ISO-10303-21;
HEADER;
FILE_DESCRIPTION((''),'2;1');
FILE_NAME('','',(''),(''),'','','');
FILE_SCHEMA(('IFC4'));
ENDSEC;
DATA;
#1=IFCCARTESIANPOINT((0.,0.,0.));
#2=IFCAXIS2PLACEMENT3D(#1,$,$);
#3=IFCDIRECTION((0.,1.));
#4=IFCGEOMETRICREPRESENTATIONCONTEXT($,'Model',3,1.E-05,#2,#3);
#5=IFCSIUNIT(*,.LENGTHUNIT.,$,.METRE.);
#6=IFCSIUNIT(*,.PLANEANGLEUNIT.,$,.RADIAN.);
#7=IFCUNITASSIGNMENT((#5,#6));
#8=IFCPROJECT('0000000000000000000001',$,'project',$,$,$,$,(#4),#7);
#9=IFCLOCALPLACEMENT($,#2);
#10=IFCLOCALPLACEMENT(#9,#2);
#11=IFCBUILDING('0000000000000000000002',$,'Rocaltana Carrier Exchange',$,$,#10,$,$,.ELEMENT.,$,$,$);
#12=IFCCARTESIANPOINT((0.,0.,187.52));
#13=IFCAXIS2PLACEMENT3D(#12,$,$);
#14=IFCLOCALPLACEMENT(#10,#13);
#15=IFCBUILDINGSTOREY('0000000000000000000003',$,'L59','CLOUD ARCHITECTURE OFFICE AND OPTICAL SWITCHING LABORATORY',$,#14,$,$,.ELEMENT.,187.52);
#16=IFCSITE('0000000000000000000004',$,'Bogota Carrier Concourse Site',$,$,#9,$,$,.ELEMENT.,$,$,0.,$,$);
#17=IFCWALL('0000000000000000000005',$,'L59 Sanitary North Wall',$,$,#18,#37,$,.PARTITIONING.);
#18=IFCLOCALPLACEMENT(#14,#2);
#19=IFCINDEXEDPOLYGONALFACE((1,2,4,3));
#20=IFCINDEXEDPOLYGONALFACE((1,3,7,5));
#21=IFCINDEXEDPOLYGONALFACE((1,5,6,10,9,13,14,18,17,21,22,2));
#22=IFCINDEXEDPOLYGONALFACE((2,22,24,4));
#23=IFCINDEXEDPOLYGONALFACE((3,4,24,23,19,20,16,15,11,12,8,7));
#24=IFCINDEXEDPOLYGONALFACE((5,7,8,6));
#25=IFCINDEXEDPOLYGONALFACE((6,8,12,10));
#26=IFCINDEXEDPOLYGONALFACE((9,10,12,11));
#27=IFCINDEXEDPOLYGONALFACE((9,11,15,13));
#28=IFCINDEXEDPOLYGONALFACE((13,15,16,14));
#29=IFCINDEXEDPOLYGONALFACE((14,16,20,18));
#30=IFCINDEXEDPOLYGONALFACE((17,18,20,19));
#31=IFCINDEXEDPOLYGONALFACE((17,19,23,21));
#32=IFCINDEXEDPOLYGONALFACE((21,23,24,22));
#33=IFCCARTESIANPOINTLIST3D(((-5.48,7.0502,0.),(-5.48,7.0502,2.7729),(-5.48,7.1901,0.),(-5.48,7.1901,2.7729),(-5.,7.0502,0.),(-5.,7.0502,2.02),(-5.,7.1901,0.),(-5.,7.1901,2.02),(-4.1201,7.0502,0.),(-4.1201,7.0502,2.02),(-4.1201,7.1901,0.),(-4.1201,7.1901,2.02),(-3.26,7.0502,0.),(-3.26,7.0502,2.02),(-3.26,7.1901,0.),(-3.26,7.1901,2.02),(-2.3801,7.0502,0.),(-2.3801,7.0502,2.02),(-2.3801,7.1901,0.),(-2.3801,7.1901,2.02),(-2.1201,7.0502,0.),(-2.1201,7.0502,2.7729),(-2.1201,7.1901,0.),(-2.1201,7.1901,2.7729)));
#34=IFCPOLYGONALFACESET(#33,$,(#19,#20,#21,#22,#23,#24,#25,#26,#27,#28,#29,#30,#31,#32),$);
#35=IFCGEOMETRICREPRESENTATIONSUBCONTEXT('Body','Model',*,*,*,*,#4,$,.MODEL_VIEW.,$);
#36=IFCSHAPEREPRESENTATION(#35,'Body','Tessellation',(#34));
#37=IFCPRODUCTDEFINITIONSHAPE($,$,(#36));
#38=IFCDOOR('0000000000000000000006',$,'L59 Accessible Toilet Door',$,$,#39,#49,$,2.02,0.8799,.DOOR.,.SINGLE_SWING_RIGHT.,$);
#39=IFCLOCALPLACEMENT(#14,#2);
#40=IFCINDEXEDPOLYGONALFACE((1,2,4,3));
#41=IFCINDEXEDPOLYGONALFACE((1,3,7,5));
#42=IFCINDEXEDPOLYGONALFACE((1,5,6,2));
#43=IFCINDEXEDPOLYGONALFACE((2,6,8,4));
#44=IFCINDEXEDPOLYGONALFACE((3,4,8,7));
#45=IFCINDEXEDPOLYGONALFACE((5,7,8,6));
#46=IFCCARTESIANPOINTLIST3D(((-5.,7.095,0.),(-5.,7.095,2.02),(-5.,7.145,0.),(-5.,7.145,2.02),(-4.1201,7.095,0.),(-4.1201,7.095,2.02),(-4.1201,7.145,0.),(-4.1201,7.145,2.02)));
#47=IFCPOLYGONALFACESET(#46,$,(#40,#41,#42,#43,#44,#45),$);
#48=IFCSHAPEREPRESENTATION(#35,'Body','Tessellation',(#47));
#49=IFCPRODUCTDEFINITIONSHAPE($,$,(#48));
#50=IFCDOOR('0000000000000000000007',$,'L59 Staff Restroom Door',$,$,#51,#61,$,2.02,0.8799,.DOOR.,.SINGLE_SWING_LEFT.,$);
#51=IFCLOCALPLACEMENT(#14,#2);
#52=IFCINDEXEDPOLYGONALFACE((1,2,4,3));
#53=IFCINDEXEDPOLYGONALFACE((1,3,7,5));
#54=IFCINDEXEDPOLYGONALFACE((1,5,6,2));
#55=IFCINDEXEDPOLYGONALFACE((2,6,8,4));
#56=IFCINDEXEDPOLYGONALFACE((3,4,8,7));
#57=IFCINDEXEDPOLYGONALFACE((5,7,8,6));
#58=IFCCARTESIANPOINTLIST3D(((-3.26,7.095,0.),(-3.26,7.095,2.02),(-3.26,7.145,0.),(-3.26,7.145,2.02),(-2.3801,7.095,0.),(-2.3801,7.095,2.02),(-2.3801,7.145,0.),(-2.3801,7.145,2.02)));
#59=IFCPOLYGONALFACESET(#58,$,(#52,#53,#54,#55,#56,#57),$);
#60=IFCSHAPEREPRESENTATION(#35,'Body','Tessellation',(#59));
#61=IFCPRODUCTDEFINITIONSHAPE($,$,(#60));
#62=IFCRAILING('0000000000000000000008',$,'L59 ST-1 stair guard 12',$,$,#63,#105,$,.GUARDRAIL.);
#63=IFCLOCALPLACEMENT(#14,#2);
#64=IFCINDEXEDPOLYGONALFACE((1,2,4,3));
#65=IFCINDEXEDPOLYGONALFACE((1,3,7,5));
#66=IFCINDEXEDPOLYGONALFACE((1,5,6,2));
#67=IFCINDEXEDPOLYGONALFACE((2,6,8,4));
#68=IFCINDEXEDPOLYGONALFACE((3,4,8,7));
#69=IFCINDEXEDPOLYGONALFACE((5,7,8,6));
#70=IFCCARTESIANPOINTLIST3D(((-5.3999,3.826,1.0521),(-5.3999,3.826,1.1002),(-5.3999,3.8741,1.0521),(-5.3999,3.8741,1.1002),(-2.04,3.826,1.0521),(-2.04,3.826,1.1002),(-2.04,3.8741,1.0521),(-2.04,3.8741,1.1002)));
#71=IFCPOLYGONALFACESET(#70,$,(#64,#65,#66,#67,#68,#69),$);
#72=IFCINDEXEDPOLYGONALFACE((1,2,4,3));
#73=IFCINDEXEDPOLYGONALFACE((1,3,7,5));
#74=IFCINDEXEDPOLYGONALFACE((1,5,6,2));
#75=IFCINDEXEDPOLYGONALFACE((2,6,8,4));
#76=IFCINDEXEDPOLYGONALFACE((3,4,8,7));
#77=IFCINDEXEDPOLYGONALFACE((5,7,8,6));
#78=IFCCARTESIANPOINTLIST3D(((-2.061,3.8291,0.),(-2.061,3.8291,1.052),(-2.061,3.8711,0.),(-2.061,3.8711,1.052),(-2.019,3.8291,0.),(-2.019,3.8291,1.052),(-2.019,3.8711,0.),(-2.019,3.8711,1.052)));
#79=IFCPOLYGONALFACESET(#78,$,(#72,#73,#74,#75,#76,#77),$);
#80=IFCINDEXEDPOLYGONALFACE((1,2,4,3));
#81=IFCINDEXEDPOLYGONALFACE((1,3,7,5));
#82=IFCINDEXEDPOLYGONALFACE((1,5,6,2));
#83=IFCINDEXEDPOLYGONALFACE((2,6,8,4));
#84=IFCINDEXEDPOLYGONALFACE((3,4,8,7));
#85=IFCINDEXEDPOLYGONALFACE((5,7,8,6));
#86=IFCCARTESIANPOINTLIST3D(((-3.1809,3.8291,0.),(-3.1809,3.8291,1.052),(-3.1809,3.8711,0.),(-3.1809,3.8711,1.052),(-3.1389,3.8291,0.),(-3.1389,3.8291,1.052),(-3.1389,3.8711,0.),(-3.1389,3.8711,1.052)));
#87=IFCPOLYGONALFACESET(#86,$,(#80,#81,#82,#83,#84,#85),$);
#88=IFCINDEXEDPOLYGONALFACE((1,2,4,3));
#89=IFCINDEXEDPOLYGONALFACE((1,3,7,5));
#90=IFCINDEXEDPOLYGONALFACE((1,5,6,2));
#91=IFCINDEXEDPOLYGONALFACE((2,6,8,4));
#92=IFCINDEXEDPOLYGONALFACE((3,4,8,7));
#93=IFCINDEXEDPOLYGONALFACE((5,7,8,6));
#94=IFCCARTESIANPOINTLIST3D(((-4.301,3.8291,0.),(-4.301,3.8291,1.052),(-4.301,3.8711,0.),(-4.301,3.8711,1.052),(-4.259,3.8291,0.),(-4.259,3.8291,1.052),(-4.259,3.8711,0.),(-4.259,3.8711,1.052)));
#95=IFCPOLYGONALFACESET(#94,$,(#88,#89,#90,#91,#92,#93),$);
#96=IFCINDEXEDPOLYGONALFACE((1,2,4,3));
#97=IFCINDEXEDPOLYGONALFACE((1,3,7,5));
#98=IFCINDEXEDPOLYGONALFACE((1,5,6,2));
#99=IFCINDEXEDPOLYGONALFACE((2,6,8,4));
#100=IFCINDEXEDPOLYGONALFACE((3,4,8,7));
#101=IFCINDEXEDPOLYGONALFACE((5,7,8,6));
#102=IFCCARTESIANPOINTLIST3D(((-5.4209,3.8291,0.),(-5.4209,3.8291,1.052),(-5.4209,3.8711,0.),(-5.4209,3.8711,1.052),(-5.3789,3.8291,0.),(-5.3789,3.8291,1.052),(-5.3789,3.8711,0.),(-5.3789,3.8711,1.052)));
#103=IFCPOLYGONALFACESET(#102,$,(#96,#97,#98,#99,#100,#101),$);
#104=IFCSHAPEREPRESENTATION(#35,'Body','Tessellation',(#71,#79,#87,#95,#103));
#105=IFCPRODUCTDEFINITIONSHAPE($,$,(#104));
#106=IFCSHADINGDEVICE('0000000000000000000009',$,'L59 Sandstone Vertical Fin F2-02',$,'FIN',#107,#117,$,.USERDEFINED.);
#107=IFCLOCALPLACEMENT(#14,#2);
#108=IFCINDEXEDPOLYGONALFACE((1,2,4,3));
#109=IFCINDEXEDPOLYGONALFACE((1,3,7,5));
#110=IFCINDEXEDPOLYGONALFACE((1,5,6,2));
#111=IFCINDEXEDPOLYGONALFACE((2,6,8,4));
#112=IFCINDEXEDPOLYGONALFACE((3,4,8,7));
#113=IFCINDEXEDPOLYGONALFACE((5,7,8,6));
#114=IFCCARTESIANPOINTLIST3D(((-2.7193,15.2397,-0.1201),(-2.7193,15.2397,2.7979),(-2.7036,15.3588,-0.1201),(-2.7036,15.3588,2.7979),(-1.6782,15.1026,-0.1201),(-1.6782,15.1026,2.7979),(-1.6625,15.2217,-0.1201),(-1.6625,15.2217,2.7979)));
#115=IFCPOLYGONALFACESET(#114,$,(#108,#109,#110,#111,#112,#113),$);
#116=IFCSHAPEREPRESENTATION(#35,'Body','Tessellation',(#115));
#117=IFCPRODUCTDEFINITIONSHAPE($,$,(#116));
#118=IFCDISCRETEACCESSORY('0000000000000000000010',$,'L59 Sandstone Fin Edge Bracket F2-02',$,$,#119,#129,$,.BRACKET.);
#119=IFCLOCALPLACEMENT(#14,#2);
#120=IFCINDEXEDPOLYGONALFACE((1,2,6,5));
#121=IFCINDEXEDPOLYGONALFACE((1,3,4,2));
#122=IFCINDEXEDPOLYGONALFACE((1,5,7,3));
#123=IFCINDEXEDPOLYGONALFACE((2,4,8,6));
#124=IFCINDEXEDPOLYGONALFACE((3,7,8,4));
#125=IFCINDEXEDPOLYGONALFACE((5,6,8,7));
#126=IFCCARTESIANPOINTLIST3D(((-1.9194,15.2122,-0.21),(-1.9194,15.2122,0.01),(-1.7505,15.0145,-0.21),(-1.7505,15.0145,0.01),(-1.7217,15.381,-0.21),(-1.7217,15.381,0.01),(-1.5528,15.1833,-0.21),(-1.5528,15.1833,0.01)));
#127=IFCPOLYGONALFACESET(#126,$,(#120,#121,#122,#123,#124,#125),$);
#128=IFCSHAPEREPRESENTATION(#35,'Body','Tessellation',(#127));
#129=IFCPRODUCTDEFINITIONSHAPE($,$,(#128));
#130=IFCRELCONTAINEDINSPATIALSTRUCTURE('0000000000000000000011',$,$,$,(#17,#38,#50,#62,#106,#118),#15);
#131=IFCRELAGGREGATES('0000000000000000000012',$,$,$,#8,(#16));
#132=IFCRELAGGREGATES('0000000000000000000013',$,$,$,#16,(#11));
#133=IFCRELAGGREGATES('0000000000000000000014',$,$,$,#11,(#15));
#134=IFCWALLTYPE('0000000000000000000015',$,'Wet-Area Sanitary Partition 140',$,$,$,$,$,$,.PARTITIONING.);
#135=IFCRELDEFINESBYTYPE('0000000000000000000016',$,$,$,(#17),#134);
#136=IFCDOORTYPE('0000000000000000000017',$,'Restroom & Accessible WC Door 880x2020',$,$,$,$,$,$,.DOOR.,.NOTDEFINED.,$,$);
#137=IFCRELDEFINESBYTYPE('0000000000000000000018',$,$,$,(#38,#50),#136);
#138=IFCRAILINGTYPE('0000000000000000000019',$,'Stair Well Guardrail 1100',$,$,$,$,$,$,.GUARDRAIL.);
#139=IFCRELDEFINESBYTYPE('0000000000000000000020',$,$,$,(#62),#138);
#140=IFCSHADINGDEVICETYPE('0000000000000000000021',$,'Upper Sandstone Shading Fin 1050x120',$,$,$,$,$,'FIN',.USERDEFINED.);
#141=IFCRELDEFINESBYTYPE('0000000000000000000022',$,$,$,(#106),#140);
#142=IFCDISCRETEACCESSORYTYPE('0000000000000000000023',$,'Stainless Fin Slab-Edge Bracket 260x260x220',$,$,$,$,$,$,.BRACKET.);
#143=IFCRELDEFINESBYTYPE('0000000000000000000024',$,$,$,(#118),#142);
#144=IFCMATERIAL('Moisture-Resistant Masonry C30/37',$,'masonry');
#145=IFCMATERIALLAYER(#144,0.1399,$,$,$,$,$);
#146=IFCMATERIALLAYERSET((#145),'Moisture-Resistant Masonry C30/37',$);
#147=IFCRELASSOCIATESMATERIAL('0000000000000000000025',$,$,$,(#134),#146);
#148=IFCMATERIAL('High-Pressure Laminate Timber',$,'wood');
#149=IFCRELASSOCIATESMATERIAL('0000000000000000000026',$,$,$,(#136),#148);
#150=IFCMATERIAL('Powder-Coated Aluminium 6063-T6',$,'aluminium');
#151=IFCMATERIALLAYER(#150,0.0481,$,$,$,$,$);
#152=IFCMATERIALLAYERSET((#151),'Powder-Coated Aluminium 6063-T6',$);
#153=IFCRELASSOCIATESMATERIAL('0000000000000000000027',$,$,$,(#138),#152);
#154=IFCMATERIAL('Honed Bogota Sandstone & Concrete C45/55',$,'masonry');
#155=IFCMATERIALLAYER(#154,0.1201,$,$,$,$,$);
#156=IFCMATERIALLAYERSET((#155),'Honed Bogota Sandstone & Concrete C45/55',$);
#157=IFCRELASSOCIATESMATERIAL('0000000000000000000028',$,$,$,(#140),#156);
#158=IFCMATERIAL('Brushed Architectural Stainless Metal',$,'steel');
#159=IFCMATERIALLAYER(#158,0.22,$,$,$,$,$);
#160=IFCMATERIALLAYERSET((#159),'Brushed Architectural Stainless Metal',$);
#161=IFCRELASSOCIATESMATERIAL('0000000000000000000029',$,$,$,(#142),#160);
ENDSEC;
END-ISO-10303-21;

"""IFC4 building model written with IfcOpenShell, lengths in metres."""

from ifc_helpers import new_model, si_unit, direction, frame, frame_2d, origin, origin_2d, place, context, subcontext, project, spatial, rectangle, extrude, material, layer, layer_set, type_object, element, fill, save


model = new_model("IFC4")

# Units and contexts
model_context = context("Model", 3, precision=1e-05, world=origin(), true_north=direction((0.0, 1.0)))
body_context = subcontext(model_context, "Body", "Model", "MODEL_VIEW")
ifc_project = project(units=[si_unit("LENGTHUNIT", "METRE"), si_unit("PLANEANGLEUNIT", "RADIAN")], contexts=[model_context])

# Site, building, storey
site_placement = place(None, origin())
site = spatial("IfcSite", under=ifc_project, at=site_placement, Name="Bogota Carrier Concourse Site", CompositionType="ELEMENT", RefElevation=0.0)
building_placement = place(site_placement, origin())
building = spatial("IfcBuilding", under=site, at=building_placement, Name="Rocaltana Carrier Exchange", CompositionType="ELEMENT")
storey_placement = place(building_placement, frame((0.0, 0.0, 187.52)))
storey = spatial("IfcBuildingStorey", under=building, at=storey_placement, Name="L59", Description="CLOUD ARCHITECTURE OFFICE AND OPTICAL SWITCHING LABORATORY", CompositionType="ELEMENT", Elevation=187.52)

# Shared definitions
ifc_material_1 = material(Name="Moisture-Resistant Masonry C30/37", Category="masonry")
ifc_layer_1 = layer(ifc_material_1, 0.1399)
ifc_layer_set_1 = layer_set([ifc_layer_1], Name="Moisture-Resistant Masonry C30/37")
wall_type_1 = type_object("IfcWallType", Name="Wet-Area Sanitary Partition 140", PredefinedType="PARTITIONING", material=ifc_layer_set_1)

# Wall, openings, doors
wall_1_placement = place(storey_placement, frame((-5.48, 7.1201, 0.0), z_axis=(0.0, 0.0, 1.0), x_axis=(1.0, 0.0, 0.0)))
wall_1 = element("IfcWall", 1, at=wall_1_placement, inside=storey, type_object=wall_type_1, Name="L59 Sanitary North Wall", PredefinedType="PARTITIONING", context=body_context, shape_type="SweptSolid", body=[
    extrude(rectangle(XDim=3.3599, YDim=0.1399, at=frame_2d((1.6799, 0.0))), origin(), (0.0, 0.0, 1.0), 2.7729),
])
opening_1_placement = place(wall_1_placement, frame((0.48, 0.0, 0.0)))
opening_1 = element("IfcOpeningElement", 2, at=opening_1_placement, cuts=wall_1, PredefinedType="OPENING", context=body_context, shape_type="SweptSolid", body=[
    extrude(rectangle(XDim=0.8799, YDim=2.02, at=frame_2d((0.4399, 1.01))), frame((0.0, 0.0798, 0.0), z_axis=(0.0, -1.0, 0.0), x_axis=(1.0, 0.0, 0.0)), (0.0, 0.0, 1.0), 0.1599),
])
opening_2_placement = place(wall_1_placement, frame((2.22, 0.0, 0.0)))
opening_2 = element("IfcOpeningElement", 3, at=opening_2_placement, cuts=wall_1, PredefinedType="OPENING", context=body_context, shape_type="SweptSolid", body=[
    extrude(rectangle(XDim=0.8799, YDim=2.02, at=frame_2d((0.4399, 1.01))), frame((0.0, 0.0798, 0.0), z_axis=(0.0, -1.0, 0.0), x_axis=(1.0, 0.0, 0.0)), (0.0, 0.0, 1.0), 0.1599),
])
ifc_material_2 = material(Name="High-Pressure Laminate Timber", Category="wood")
door_type = type_object("IfcDoorType", Name="Restroom & Accessible WC Door 880x2020", OperationType="NOTDEFINED", PredefinedType="DOOR", material=ifc_material_2)
door_1_placement = place(opening_1_placement, origin())
door_1 = element("IfcDoor", 4, at=door_1_placement, inside=storey, type_object=door_type, Name="L59 Accessible Toilet Door", OperationType="SINGLE_SWING_RIGHT", OverallHeight=2.02, OverallWidth=0.8799, PredefinedType="DOOR", context=body_context, shape_type="SweptSolid", body=[
    extrude(rectangle(XDim=0.8799, YDim=2.02, at=frame_2d((0.4399, 1.01))), frame((0.0, 0.0249, 0.0), z_axis=(0.0, -1.0, 0.0), x_axis=(1.0, 0.0, 0.0)), (0.0, 0.0, 1.0), 0.05),
])
fill(opening_1, door_1)
door_2_placement = place(opening_2_placement, origin())
door_2 = element("IfcDoor", 5, at=door_2_placement, inside=storey, type_object=door_type, Name="L59 Staff Restroom Door", OperationType="SINGLE_SWING_LEFT", OverallHeight=2.02, OverallWidth=0.8799, PredefinedType="DOOR", context=body_context, shape_type="SweptSolid", body=[
    extrude(rectangle(XDim=0.8799, YDim=2.02, at=frame_2d((0.4399, 1.01))), frame((0.0, 0.0249, 0.0), z_axis=(0.0, -1.0, 0.0), x_axis=(1.0, 0.0, 0.0)), (0.0, 0.0, 1.0), 0.05),
])
fill(opening_2, door_2)

# Railing
ifc_material_3 = material(Name="Powder-Coated Aluminium 6063-T6", Category="aluminium")
ifc_layer_2 = layer(ifc_material_3, 0.0481)
ifc_layer_set_2 = layer_set([ifc_layer_2], Name="Powder-Coated Aluminium 6063-T6")
railing_type = type_object("IfcRailingType", Name="Stair Well Guardrail 1100", PredefinedType="GUARDRAIL", material=ifc_layer_set_2)
railing_placement = place(storey_placement, frame((-2.04, 3.8501, 0.0)))
element("IfcRailing", 6, at=railing_placement, inside=storey, type_object=railing_type, Name="L59 ST-1 stair guard 12", PredefinedType="GUARDRAIL", context=body_context, shape_type="SweptSolid", body=[
    extrude(rectangle(XDim=0.0481, YDim=0.0481, at=origin_2d()), frame((0.0, 0.0, 1.0762), z_axis=(-1.0, 0.0, 0.0), x_axis=(0.0, -1.0, 0.0)), (0.0, 0.0, 1.0), 3.3599),
    extrude(rectangle(XDim=0.042, YDim=0.042, at=origin_2d()), origin(), (0.0, 0.0, 1.0), 1.052),
    extrude(rectangle(XDim=0.042, YDim=0.042, at=origin_2d()), frame((-1.1199, 0.0, 0.0)), (0.0, 0.0, 1.0), 1.052),
    extrude(rectangle(XDim=0.042, YDim=0.042, at=origin_2d()), frame((-2.24, 0.0, 0.0)), (0.0, 0.0, 1.0), 1.052),
    extrude(rectangle(XDim=0.042, YDim=0.042, at=origin_2d()), frame((-3.3599, 0.0, 0.0)), (0.0, 0.0, 1.0), 1.052),
])

# Shading device
ifc_material_4 = material(Name="Honed Bogota Sandstone & Concrete C45/55", Category="masonry")
ifc_layer_3 = layer(ifc_material_4, 0.1201)
ifc_layer_set_3 = layer_set([ifc_layer_3], Name="Honed Bogota Sandstone & Concrete C45/55")
shading_device_type = type_object("IfcShadingDeviceType", Name="Upper Sandstone Shading Fin 1050x120", ElementType="FIN", PredefinedType="USERDEFINED", material=ifc_layer_set_3)
shading_device_placement = place(storey_placement, frame((-2.1909, 15.2307, -0.1201), z_axis=(0.0, 0.0, 1.0), x_axis=(-0.991445, 0.130526, 0.0)))
element("IfcShadingDevice", 7, at=shading_device_placement, inside=storey, type_object=shading_device_type, Name="L59 Sandstone Vertical Fin F2-02", ObjectType="FIN", PredefinedType="USERDEFINED", context=body_context, shape_type="SweptSolid", body=[
    extrude(rectangle(XDim=1.05, YDim=0.1201, at=origin_2d()), origin(), (0.0, 0.0, 1.0), 2.918),
])

# Discrete accessory
ifc_material_5 = material(Name="Brushed Architectural Stainless Metal", Category="steel")
ifc_layer_4 = layer(ifc_material_5, 0.22)
ifc_layer_set_4 = layer_set([ifc_layer_4], Name="Brushed Architectural Stainless Metal")
discrete_accessory_type = type_object("IfcDiscreteAccessoryType", Name="Stainless Fin Slab-Edge Bracket 260x260x220", PredefinedType="BRACKET", material=ifc_layer_set_4)
discrete_accessory_placement = place(storey_placement, frame((-1.7361, 15.1978, -0.21), z_axis=(0.0, 0.0, 1.0), x_axis=(-0.760406, -0.649448, 0.0)))
element("IfcDiscreteAccessory", 8, at=discrete_accessory_placement, inside=storey, type_object=discrete_accessory_type, Name="L59 Sandstone Fin Edge Bracket F2-02", PredefinedType="BRACKET", context=body_context, shape_type="SweptSolid", body=[
    extrude(rectangle(XDim=0.26, YDim=0.26, at=origin_2d()), origin(), (0.0, 0.0, 1.0), 0.22),
])

save(model, "model.ifc")
